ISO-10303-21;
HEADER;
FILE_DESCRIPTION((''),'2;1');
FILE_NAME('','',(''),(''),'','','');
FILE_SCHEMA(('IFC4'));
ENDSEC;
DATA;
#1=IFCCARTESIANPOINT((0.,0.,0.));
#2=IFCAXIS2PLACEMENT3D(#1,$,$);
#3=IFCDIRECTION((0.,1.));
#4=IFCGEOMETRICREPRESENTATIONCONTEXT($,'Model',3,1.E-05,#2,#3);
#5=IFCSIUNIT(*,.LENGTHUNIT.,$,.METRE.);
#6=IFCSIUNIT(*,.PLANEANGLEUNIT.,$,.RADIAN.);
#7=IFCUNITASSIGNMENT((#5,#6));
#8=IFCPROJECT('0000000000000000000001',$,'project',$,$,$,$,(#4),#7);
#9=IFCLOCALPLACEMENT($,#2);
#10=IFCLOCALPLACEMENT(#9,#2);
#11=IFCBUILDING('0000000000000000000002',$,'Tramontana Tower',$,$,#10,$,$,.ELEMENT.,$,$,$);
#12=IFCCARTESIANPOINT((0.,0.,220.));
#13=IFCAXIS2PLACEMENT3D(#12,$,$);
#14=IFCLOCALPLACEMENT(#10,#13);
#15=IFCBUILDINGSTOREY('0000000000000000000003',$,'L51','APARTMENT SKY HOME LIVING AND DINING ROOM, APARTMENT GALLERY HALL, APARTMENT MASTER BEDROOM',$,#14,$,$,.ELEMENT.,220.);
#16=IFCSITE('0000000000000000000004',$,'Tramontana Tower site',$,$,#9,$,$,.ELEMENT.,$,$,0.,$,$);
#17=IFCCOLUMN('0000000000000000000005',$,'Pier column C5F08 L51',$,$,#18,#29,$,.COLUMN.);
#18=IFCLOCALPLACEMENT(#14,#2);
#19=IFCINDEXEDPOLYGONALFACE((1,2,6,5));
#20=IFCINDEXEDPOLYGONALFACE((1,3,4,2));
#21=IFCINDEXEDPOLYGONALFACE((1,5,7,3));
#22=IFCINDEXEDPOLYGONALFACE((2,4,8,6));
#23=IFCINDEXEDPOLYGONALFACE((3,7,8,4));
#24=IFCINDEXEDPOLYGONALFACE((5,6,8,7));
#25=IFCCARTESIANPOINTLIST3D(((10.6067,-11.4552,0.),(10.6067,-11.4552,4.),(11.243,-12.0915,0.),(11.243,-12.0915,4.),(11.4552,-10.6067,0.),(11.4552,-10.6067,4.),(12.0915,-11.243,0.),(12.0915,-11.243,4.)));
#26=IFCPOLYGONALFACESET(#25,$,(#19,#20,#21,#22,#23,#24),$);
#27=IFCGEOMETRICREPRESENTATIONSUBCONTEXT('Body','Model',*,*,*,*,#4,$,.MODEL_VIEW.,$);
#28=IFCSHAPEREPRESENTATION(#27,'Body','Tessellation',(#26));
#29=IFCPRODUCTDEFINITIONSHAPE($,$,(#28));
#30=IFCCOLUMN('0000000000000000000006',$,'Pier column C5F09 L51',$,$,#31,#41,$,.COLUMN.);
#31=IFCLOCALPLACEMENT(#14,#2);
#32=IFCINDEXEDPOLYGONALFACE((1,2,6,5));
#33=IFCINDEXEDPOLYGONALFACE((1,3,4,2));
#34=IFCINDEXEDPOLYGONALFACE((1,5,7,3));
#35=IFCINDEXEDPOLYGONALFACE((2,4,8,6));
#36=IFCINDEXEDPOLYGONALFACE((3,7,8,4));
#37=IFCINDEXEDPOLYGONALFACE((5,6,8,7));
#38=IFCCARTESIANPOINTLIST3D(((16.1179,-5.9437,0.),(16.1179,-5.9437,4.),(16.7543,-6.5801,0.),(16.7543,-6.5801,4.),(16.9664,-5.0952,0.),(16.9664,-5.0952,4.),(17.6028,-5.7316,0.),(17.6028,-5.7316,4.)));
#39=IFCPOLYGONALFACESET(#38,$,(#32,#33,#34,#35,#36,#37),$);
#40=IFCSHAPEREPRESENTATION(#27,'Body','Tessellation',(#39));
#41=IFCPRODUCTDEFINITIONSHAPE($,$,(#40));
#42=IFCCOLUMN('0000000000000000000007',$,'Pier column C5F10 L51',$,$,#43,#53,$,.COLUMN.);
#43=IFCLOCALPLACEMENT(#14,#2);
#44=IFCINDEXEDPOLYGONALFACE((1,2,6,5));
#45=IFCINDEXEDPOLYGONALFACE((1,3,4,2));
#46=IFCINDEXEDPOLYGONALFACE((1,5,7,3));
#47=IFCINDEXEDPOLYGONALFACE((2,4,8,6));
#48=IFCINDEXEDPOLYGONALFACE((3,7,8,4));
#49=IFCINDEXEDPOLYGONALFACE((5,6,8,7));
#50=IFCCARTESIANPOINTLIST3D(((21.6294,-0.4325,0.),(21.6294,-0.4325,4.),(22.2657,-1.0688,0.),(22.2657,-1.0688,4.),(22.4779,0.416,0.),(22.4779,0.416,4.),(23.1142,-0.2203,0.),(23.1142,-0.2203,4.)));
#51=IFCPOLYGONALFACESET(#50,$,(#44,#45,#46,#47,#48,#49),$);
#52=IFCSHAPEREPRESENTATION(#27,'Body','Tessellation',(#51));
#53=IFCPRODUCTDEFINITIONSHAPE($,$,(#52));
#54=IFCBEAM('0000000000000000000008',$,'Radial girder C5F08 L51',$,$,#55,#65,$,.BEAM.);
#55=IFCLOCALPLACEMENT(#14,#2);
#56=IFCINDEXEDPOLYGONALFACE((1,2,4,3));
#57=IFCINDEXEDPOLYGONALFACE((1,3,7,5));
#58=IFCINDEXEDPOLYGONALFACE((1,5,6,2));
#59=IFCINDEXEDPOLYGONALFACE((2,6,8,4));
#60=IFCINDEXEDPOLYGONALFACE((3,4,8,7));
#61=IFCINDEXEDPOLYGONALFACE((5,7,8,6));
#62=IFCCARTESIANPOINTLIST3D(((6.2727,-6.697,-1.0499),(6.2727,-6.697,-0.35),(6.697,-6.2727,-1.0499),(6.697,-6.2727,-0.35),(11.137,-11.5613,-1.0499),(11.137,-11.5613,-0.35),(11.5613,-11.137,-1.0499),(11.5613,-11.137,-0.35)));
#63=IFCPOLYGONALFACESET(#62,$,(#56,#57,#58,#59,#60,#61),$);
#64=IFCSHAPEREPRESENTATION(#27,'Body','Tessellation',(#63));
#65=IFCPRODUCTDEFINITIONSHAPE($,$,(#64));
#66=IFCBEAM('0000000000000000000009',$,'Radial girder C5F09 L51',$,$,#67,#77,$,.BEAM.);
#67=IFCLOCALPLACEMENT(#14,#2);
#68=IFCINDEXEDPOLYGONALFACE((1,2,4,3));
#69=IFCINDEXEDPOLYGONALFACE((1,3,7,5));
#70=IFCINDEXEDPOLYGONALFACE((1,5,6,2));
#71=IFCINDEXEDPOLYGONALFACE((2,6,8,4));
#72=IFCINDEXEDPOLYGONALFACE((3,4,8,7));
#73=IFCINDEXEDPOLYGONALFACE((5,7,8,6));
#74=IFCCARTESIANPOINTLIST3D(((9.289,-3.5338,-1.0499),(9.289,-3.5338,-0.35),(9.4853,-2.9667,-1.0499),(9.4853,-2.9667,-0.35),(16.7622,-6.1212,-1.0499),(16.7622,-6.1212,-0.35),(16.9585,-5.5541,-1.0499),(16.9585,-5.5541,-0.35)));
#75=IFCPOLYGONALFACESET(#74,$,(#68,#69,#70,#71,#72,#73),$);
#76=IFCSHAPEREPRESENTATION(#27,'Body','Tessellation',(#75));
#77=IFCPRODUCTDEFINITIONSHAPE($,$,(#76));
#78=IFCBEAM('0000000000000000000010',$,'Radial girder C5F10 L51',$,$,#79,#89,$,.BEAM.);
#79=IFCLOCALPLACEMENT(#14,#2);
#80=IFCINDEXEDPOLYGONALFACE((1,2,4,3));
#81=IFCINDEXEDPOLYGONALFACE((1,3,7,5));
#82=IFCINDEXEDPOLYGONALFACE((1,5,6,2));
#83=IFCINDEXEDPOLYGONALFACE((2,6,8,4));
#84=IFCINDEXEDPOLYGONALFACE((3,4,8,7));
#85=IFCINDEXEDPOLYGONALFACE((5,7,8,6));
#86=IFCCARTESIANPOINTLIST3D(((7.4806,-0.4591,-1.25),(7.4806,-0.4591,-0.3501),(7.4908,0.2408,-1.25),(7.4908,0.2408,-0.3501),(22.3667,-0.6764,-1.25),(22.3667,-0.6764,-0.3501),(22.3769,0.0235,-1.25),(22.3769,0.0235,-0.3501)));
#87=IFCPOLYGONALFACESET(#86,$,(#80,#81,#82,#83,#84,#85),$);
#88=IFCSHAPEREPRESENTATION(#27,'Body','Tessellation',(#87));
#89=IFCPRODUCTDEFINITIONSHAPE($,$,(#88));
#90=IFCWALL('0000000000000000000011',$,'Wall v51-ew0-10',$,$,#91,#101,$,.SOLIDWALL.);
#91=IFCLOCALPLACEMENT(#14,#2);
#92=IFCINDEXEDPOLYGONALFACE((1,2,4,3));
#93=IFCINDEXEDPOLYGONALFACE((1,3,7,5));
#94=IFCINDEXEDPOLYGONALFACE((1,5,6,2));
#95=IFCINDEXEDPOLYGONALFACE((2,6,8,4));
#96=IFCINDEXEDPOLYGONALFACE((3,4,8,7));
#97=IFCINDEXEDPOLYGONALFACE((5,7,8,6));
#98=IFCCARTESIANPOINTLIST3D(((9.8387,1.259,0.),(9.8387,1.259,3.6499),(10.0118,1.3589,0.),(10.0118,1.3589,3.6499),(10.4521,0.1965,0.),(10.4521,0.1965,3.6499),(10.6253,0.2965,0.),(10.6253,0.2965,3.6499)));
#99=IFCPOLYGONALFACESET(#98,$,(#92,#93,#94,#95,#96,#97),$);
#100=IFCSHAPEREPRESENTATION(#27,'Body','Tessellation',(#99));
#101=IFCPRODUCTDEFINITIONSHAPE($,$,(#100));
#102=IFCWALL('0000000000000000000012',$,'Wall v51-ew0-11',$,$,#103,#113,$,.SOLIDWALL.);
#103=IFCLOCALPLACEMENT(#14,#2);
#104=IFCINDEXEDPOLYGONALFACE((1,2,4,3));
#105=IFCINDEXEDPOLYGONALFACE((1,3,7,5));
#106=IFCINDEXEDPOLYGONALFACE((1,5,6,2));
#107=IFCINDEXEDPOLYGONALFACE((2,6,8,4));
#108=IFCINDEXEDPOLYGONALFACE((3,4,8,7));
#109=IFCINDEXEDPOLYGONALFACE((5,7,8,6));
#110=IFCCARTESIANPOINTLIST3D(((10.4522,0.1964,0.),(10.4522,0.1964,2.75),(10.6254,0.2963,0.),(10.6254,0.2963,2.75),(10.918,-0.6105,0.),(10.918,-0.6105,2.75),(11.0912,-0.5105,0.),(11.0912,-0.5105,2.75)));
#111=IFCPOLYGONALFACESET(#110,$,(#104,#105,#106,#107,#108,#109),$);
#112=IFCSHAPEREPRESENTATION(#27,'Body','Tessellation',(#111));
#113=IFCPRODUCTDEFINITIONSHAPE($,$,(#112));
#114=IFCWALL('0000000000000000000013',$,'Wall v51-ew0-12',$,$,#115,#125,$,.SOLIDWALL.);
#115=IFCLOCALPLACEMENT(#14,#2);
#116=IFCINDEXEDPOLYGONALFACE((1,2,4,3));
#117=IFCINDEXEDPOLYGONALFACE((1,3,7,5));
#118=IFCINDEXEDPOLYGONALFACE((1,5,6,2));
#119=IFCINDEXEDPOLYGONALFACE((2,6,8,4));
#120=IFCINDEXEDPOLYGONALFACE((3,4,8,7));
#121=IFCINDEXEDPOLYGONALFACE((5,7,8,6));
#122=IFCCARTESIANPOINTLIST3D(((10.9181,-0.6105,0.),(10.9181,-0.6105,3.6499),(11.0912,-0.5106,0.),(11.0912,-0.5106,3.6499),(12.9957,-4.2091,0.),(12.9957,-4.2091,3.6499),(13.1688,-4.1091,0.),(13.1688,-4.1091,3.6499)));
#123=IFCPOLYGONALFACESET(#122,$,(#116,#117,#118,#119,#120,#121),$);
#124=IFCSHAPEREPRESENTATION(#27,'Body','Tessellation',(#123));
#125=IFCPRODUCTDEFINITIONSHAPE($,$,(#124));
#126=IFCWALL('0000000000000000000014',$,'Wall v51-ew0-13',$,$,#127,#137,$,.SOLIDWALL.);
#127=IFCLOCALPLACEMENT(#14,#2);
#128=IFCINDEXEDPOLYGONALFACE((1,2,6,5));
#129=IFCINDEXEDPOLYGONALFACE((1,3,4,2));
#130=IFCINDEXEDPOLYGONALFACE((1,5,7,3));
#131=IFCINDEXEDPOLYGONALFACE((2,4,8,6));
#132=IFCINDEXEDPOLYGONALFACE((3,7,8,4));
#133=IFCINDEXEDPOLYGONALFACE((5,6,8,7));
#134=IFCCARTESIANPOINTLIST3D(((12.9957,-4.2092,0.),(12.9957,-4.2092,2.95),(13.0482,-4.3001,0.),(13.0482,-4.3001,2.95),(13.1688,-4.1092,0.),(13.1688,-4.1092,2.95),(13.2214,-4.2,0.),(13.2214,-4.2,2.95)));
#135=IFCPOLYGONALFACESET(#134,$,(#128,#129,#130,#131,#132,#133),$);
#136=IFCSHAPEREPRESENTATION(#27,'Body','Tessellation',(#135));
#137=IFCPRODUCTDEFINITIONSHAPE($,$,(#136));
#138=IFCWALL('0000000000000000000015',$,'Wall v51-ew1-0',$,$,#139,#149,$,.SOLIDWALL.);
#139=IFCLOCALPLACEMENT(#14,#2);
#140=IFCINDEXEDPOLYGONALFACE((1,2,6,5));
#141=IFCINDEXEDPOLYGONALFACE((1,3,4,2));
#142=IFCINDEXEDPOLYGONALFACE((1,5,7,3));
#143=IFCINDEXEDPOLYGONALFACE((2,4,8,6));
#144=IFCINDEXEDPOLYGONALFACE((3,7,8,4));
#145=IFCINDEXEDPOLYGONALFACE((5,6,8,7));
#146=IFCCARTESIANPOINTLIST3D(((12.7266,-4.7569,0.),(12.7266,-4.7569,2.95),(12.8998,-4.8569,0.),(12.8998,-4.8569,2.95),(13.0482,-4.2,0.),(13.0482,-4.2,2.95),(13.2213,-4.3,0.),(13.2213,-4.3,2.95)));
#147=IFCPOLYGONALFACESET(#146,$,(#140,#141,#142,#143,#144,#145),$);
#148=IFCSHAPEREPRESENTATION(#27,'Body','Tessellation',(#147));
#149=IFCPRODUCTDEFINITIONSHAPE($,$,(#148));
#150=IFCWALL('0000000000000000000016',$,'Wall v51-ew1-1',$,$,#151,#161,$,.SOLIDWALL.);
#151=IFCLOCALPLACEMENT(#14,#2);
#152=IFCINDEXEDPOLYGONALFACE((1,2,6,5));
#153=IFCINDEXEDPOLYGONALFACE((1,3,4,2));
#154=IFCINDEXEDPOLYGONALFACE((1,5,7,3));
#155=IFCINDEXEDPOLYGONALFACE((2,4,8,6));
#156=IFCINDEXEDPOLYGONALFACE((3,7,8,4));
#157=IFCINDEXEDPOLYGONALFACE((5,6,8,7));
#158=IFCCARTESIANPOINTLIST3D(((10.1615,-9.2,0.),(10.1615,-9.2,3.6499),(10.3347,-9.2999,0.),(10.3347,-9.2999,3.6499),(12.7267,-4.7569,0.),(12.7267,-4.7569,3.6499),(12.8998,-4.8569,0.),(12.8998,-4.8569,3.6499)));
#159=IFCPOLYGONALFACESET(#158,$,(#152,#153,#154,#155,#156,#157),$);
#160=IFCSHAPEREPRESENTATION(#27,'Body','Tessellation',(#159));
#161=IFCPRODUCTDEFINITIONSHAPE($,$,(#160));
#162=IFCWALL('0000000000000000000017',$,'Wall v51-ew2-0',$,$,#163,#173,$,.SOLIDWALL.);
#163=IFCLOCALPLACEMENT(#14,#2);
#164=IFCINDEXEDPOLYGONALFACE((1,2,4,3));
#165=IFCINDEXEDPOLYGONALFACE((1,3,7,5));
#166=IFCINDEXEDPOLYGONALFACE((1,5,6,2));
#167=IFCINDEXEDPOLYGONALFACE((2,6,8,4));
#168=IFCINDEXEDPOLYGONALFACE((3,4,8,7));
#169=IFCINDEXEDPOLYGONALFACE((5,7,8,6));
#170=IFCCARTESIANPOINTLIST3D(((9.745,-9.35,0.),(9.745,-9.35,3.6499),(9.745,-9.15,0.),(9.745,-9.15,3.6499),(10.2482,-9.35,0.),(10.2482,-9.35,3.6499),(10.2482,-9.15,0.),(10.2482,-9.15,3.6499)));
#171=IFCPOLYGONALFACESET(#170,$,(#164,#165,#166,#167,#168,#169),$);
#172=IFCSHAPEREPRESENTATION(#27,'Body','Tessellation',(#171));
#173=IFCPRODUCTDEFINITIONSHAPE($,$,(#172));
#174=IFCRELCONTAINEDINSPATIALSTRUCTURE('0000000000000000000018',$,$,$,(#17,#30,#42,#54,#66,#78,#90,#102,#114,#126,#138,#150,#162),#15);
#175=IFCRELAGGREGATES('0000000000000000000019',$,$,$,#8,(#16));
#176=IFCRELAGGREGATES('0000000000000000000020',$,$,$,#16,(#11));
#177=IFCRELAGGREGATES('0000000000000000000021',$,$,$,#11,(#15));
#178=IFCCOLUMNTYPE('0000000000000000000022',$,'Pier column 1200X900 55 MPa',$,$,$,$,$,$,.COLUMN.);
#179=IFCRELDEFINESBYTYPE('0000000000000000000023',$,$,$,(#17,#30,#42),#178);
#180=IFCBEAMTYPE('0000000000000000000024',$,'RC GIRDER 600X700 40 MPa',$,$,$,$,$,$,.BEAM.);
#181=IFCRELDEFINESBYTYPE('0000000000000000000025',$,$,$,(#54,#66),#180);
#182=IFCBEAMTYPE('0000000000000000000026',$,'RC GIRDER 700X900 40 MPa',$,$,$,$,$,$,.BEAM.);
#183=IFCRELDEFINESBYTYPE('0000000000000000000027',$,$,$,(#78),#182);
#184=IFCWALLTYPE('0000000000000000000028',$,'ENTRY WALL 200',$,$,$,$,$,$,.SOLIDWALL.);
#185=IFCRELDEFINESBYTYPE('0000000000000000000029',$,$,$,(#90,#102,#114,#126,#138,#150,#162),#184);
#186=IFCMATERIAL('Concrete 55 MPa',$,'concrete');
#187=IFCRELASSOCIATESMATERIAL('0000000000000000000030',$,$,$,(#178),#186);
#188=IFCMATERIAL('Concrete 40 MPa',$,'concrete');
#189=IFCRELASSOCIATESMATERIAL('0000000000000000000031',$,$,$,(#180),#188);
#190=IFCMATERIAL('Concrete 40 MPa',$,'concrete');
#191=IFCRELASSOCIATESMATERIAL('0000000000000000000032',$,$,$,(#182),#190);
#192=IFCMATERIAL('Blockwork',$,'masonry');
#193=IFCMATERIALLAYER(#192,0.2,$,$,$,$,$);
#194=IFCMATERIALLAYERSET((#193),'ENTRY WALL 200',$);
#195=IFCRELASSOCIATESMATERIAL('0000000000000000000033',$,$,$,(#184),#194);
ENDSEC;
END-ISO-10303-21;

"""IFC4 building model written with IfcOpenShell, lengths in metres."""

from ifc_helpers import new_model, si_unit, direction, frame, frame_2d, origin, origin_2d, place, context, subcontext, project, spatial, rectangle, extrude, material, layer, layer_set, material_profile, profile_set, type_object, element, save


model = new_model("IFC4")

# Units and contexts
model_context = context("Model", 3, precision=1e-05, world=origin(), true_north=direction((0.0, 1.0)))
body_context = subcontext(model_context, "Body", "Model", "MODEL_VIEW")
ifc_project = project(units=[si_unit("LENGTHUNIT", "METRE"), si_unit("PLANEANGLEUNIT", "RADIAN")], contexts=[model_context])

# Site, building, storey
site_placement = place(None, origin())
site = spatial("IfcSite", under=ifc_project, at=site_placement, Name="Tramontana Tower site", CompositionType="ELEMENT", RefElevation=0.0)
building_placement = place(site_placement, origin())
building = spatial("IfcBuilding", under=site, at=building_placement, Name="Tramontana Tower", CompositionType="ELEMENT")
storey_placement = place(building_placement, frame((0.0, 0.0, 220.0)))
storey = spatial("IfcBuildingStorey", under=building, at=storey_placement, Name="L51", Description="APARTMENT SKY HOME LIVING AND DINING ROOM, APARTMENT GALLERY HALL, APARTMENT MASTER BEDROOM", CompositionType="ELEMENT", Elevation=220.0)

# Columns
ifc_material_1 = material(Name="Concrete 55 MPa", Category="concrete")
ifc_material_profile_1 = material_profile(ifc_material_1, rectangle(XDim=1.2, YDim=0.8999, at=origin_2d()), Name="Pier column 1200X900 55 MPa")
ifc_profile_set_1 = profile_set([ifc_material_profile_1], Name="Concrete 55 MPa")
column_type = type_object("IfcColumnType", Name="Pier column 1200X900 55 MPa", PredefinedType="COLUMN", material=ifc_profile_set_1)
for number, where, z_axis, x_axis, name in (
    (1, (11.3491, -11.3491, 0.0), (0.0, 0.0, 1.0), (0.707107, 0.707107, 0.0), "Pier column C5F08 L51"),
    (2, (16.8604, -5.8376, 0.0), (0.0, 0.0, 1.0), (0.707107, 0.707107, 0.0), "Pier column C5F09 L51"),
    (3, (22.3718, -0.3264, 0.0), (0.0, 0.0, 1.0), (0.707107, 0.707107, 0.0), "Pier column C5F10 L51"),
):
    element("IfcColumn", number, at=place(storey_placement, frame(where, z_axis=z_axis, x_axis=x_axis)), inside=storey, type_object=column_type, Name=name, PredefinedType="COLUMN", context=body_context, shape_type="SweptSolid", body=[
        extrude(rectangle(XDim=1.2, YDim=0.8999, at=origin_2d()), origin(), (0.0, 0.0, 1.0), 4.0),
    ])

# Beams
ifc_material_2 = material(Name="Concrete 40 MPa", Category="concrete")
ifc_material_profile_2 = material_profile(ifc_material_2, rectangle(XDim=0.6001, YDim=0.7, at=origin_2d()), Name="RC GIRDER 600X700 40 MPa")
ifc_profile_set_2 = profile_set([ifc_material_profile_2], Name="Concrete 40 MPa")
beam_type_1 = type_object("IfcBeamType", Name="RC GIRDER 600X700 40 MPa", PredefinedType="BEAM", material=ifc_profile_set_2)
beam_1_placement = place(storey_placement, frame((11.3491, -11.3491, -0.7), z_axis=(-0.707107, 0.707107, 0.0), x_axis=(-0.707107, -0.707107, 0.0)))
element("IfcBeam", 4, at=beam_1_placement, inside=storey, type_object=beam_type_1, Name="Radial girder C5F08 L51", PredefinedType="BEAM", context=body_context, shape_type="SweptSolid", body=[
    extrude(rectangle(XDim=0.6001, YDim=0.7, at=origin_2d()), origin(), (0.0, 0.0, 1.0), 6.8792),
])
beam_2_placement = place(storey_placement, frame((16.8604, -5.8376, -0.7), z_axis=(-0.944965, 0.327172, 0.0), x_axis=(-0.327172, -0.944965, 0.0)))
element("IfcBeam", 5, at=beam_2_placement, inside=storey, type_object=beam_type_1, Name="Radial girder C5F09 L51", PredefinedType="BEAM", context=body_context, shape_type="SweptSolid", body=[
    extrude(rectangle(XDim=0.6001, YDim=0.7, at=origin_2d()), origin(), (0.0, 0.0, 1.0), 7.9084),
])
ifc_material_3 = material(Name="Concrete 40 MPa", Category="concrete")
ifc_material_profile_3 = material_profile(ifc_material_3, rectangle(XDim=0.7, YDim=0.8999, at=origin_2d()), Name="RC GIRDER 700X900 40 MPa")
ifc_profile_set_3 = profile_set([ifc_material_profile_3], Name="Concrete 40 MPa")
beam_type_2 = type_object("IfcBeamType", Name="RC GIRDER 700X900 40 MPa", PredefinedType="BEAM", material=ifc_profile_set_3)
beam_3_placement = place(storey_placement, frame((22.3718, -0.3264, -0.8), z_axis=(-0.999893, 0.014595, 0.0), x_axis=(-0.014595, -0.999893, 0.0)))
element("IfcBeam", 6, at=beam_3_placement, inside=storey, type_object=beam_type_2, Name="Radial girder C5F10 L51", PredefinedType="BEAM", context=body_context, shape_type="SweptSolid", body=[
    extrude(rectangle(XDim=0.7, YDim=0.8999, at=origin_2d()), origin(), (0.0, 0.0, 1.0), 14.8877),
])

# Walls
ifc_material_4 = material(Name="Blockwork", Category="masonry")
ifc_layer_1 = layer(ifc_material_4, 0.2)
ifc_layer_set_1 = layer_set([ifc_layer_1], Name="ENTRY WALL 200")
wall_type_1 = type_object("IfcWallType", Name="ENTRY WALL 200", PredefinedType="SOLIDWALL", material=ifc_layer_set_1)
wall_1_placement = place(storey_placement, frame((9.9253, 1.3088, 0.0), z_axis=(0.0, 0.0, 1.0), x_axis=(0.500055, -0.865993, 0.0)))
element("IfcWall", 7, at=wall_1_placement, inside=storey, type_object=wall_type_1, Name="Wall v51-ew0-10", PredefinedType="SOLIDWALL", context=body_context, shape_type="SweptSolid", body=[
    extrude(rectangle(XDim=1.2268, YDim=0.2, at=frame_2d((0.6133, 0.0))), origin(), (0.0, 0.0, 1.0), 3.6499),
])
wall_2_placement = place(storey_placement, frame((10.5388, 0.2463, 0.0), z_axis=(0.0, 0.0, 1.0), x_axis=(0.499972, -0.866042, 0.0)))
element("IfcWall", 8, at=wall_2_placement, inside=storey, type_object=wall_type_1, Name="Wall v51-ew0-11", PredefinedType="SOLIDWALL", context=body_context, shape_type="SweptSolid", body=[
    extrude(rectangle(XDim=0.9316, YDim=0.2, at=frame_2d((0.4658, 0.0))), origin(), (0.0, 0.0, 1.0), 2.75),
])
wall_3_placement = place(storey_placement, frame((11.0046, -0.5605, 0.0), z_axis=(0.0, 0.0, 1.0), x_axis=(0.499994, -0.866029, 0.0)))
element("IfcWall", 9, at=wall_3_placement, inside=storey, type_object=wall_type_1, Name="Wall v51-ew0-12", PredefinedType="SOLIDWALL", context=body_context, shape_type="SweptSolid", body=[
    extrude(rectangle(XDim=4.1553, YDim=0.2, at=frame_2d((2.0776, 0.0))), origin(), (0.0, 0.0, 1.0), 3.6499),
])
wall_4_placement = place(storey_placement, frame((13.0823, -4.1592, 0.0), z_axis=(0.0, 0.0, 1.0), x_axis=(0.500394, -0.865798, 0.0)))
element("IfcWall", 10, at=wall_4_placement, inside=storey, type_object=wall_type_1, Name="Wall v51-ew0-13", PredefinedType="SOLIDWALL", context=body_context, shape_type="SweptSolid", body=[
    extrude(rectangle(XDim=0.105, YDim=0.2, at=frame_2d((0.0525, 0.0))), origin(), (0.0, 0.0, 1.0), 2.95),
])
wall_5_placement = place(storey_placement, frame((13.1348, -4.25, 0.0), z_axis=(0.0, 0.0, 1.0), x_axis=(-0.500018, -0.866015, 0.0)))
element("IfcWall", 11, at=wall_5_placement, inside=storey, type_object=wall_type_1, Name="Wall v51-ew1-0", PredefinedType="SOLIDWALL", context=body_context, shape_type="SweptSolid", body=[
    extrude(rectangle(XDim=0.6431, YDim=0.2, at=frame_2d((0.3215, 0.0))), origin(), (0.0, 0.0, 1.0), 2.95),
])
wall_6_placement = place(storey_placement, frame((12.8132, -4.8069, 0.0), z_axis=(0.0, 0.0, 1.0), x_axis=(-0.499993, -0.866029, 0.0)))
element("IfcWall", 12, at=wall_6_placement, inside=storey, type_object=wall_type_1, Name="Wall v51-ew1-1", PredefinedType="SOLIDWALL", context=body_context, shape_type="SweptSolid", body=[
    extrude(rectangle(XDim=5.1304, YDim=0.2, at=frame_2d((2.5652, 0.0))), origin(), (0.0, 0.0, 1.0), 3.6499),
])
wall_7_placement = place(storey_placement, frame((10.248, -9.25, 0.0), z_axis=(0.0, 0.0, 1.0), x_axis=(-1.0, 0.0, 0.0)))
element("IfcWall", 13, at=wall_7_placement, inside=storey, type_object=wall_type_1, Name="Wall v51-ew2-0", PredefinedType="SOLIDWALL", context=body_context, shape_type="SweptSolid", body=[
    extrude(rectangle(XDim=0.5032, YDim=0.2, at=frame_2d((0.2515, 0.0))), origin(), (0.0, 0.0, 1.0), 3.6499),
])

save(model, "model.ifc")
